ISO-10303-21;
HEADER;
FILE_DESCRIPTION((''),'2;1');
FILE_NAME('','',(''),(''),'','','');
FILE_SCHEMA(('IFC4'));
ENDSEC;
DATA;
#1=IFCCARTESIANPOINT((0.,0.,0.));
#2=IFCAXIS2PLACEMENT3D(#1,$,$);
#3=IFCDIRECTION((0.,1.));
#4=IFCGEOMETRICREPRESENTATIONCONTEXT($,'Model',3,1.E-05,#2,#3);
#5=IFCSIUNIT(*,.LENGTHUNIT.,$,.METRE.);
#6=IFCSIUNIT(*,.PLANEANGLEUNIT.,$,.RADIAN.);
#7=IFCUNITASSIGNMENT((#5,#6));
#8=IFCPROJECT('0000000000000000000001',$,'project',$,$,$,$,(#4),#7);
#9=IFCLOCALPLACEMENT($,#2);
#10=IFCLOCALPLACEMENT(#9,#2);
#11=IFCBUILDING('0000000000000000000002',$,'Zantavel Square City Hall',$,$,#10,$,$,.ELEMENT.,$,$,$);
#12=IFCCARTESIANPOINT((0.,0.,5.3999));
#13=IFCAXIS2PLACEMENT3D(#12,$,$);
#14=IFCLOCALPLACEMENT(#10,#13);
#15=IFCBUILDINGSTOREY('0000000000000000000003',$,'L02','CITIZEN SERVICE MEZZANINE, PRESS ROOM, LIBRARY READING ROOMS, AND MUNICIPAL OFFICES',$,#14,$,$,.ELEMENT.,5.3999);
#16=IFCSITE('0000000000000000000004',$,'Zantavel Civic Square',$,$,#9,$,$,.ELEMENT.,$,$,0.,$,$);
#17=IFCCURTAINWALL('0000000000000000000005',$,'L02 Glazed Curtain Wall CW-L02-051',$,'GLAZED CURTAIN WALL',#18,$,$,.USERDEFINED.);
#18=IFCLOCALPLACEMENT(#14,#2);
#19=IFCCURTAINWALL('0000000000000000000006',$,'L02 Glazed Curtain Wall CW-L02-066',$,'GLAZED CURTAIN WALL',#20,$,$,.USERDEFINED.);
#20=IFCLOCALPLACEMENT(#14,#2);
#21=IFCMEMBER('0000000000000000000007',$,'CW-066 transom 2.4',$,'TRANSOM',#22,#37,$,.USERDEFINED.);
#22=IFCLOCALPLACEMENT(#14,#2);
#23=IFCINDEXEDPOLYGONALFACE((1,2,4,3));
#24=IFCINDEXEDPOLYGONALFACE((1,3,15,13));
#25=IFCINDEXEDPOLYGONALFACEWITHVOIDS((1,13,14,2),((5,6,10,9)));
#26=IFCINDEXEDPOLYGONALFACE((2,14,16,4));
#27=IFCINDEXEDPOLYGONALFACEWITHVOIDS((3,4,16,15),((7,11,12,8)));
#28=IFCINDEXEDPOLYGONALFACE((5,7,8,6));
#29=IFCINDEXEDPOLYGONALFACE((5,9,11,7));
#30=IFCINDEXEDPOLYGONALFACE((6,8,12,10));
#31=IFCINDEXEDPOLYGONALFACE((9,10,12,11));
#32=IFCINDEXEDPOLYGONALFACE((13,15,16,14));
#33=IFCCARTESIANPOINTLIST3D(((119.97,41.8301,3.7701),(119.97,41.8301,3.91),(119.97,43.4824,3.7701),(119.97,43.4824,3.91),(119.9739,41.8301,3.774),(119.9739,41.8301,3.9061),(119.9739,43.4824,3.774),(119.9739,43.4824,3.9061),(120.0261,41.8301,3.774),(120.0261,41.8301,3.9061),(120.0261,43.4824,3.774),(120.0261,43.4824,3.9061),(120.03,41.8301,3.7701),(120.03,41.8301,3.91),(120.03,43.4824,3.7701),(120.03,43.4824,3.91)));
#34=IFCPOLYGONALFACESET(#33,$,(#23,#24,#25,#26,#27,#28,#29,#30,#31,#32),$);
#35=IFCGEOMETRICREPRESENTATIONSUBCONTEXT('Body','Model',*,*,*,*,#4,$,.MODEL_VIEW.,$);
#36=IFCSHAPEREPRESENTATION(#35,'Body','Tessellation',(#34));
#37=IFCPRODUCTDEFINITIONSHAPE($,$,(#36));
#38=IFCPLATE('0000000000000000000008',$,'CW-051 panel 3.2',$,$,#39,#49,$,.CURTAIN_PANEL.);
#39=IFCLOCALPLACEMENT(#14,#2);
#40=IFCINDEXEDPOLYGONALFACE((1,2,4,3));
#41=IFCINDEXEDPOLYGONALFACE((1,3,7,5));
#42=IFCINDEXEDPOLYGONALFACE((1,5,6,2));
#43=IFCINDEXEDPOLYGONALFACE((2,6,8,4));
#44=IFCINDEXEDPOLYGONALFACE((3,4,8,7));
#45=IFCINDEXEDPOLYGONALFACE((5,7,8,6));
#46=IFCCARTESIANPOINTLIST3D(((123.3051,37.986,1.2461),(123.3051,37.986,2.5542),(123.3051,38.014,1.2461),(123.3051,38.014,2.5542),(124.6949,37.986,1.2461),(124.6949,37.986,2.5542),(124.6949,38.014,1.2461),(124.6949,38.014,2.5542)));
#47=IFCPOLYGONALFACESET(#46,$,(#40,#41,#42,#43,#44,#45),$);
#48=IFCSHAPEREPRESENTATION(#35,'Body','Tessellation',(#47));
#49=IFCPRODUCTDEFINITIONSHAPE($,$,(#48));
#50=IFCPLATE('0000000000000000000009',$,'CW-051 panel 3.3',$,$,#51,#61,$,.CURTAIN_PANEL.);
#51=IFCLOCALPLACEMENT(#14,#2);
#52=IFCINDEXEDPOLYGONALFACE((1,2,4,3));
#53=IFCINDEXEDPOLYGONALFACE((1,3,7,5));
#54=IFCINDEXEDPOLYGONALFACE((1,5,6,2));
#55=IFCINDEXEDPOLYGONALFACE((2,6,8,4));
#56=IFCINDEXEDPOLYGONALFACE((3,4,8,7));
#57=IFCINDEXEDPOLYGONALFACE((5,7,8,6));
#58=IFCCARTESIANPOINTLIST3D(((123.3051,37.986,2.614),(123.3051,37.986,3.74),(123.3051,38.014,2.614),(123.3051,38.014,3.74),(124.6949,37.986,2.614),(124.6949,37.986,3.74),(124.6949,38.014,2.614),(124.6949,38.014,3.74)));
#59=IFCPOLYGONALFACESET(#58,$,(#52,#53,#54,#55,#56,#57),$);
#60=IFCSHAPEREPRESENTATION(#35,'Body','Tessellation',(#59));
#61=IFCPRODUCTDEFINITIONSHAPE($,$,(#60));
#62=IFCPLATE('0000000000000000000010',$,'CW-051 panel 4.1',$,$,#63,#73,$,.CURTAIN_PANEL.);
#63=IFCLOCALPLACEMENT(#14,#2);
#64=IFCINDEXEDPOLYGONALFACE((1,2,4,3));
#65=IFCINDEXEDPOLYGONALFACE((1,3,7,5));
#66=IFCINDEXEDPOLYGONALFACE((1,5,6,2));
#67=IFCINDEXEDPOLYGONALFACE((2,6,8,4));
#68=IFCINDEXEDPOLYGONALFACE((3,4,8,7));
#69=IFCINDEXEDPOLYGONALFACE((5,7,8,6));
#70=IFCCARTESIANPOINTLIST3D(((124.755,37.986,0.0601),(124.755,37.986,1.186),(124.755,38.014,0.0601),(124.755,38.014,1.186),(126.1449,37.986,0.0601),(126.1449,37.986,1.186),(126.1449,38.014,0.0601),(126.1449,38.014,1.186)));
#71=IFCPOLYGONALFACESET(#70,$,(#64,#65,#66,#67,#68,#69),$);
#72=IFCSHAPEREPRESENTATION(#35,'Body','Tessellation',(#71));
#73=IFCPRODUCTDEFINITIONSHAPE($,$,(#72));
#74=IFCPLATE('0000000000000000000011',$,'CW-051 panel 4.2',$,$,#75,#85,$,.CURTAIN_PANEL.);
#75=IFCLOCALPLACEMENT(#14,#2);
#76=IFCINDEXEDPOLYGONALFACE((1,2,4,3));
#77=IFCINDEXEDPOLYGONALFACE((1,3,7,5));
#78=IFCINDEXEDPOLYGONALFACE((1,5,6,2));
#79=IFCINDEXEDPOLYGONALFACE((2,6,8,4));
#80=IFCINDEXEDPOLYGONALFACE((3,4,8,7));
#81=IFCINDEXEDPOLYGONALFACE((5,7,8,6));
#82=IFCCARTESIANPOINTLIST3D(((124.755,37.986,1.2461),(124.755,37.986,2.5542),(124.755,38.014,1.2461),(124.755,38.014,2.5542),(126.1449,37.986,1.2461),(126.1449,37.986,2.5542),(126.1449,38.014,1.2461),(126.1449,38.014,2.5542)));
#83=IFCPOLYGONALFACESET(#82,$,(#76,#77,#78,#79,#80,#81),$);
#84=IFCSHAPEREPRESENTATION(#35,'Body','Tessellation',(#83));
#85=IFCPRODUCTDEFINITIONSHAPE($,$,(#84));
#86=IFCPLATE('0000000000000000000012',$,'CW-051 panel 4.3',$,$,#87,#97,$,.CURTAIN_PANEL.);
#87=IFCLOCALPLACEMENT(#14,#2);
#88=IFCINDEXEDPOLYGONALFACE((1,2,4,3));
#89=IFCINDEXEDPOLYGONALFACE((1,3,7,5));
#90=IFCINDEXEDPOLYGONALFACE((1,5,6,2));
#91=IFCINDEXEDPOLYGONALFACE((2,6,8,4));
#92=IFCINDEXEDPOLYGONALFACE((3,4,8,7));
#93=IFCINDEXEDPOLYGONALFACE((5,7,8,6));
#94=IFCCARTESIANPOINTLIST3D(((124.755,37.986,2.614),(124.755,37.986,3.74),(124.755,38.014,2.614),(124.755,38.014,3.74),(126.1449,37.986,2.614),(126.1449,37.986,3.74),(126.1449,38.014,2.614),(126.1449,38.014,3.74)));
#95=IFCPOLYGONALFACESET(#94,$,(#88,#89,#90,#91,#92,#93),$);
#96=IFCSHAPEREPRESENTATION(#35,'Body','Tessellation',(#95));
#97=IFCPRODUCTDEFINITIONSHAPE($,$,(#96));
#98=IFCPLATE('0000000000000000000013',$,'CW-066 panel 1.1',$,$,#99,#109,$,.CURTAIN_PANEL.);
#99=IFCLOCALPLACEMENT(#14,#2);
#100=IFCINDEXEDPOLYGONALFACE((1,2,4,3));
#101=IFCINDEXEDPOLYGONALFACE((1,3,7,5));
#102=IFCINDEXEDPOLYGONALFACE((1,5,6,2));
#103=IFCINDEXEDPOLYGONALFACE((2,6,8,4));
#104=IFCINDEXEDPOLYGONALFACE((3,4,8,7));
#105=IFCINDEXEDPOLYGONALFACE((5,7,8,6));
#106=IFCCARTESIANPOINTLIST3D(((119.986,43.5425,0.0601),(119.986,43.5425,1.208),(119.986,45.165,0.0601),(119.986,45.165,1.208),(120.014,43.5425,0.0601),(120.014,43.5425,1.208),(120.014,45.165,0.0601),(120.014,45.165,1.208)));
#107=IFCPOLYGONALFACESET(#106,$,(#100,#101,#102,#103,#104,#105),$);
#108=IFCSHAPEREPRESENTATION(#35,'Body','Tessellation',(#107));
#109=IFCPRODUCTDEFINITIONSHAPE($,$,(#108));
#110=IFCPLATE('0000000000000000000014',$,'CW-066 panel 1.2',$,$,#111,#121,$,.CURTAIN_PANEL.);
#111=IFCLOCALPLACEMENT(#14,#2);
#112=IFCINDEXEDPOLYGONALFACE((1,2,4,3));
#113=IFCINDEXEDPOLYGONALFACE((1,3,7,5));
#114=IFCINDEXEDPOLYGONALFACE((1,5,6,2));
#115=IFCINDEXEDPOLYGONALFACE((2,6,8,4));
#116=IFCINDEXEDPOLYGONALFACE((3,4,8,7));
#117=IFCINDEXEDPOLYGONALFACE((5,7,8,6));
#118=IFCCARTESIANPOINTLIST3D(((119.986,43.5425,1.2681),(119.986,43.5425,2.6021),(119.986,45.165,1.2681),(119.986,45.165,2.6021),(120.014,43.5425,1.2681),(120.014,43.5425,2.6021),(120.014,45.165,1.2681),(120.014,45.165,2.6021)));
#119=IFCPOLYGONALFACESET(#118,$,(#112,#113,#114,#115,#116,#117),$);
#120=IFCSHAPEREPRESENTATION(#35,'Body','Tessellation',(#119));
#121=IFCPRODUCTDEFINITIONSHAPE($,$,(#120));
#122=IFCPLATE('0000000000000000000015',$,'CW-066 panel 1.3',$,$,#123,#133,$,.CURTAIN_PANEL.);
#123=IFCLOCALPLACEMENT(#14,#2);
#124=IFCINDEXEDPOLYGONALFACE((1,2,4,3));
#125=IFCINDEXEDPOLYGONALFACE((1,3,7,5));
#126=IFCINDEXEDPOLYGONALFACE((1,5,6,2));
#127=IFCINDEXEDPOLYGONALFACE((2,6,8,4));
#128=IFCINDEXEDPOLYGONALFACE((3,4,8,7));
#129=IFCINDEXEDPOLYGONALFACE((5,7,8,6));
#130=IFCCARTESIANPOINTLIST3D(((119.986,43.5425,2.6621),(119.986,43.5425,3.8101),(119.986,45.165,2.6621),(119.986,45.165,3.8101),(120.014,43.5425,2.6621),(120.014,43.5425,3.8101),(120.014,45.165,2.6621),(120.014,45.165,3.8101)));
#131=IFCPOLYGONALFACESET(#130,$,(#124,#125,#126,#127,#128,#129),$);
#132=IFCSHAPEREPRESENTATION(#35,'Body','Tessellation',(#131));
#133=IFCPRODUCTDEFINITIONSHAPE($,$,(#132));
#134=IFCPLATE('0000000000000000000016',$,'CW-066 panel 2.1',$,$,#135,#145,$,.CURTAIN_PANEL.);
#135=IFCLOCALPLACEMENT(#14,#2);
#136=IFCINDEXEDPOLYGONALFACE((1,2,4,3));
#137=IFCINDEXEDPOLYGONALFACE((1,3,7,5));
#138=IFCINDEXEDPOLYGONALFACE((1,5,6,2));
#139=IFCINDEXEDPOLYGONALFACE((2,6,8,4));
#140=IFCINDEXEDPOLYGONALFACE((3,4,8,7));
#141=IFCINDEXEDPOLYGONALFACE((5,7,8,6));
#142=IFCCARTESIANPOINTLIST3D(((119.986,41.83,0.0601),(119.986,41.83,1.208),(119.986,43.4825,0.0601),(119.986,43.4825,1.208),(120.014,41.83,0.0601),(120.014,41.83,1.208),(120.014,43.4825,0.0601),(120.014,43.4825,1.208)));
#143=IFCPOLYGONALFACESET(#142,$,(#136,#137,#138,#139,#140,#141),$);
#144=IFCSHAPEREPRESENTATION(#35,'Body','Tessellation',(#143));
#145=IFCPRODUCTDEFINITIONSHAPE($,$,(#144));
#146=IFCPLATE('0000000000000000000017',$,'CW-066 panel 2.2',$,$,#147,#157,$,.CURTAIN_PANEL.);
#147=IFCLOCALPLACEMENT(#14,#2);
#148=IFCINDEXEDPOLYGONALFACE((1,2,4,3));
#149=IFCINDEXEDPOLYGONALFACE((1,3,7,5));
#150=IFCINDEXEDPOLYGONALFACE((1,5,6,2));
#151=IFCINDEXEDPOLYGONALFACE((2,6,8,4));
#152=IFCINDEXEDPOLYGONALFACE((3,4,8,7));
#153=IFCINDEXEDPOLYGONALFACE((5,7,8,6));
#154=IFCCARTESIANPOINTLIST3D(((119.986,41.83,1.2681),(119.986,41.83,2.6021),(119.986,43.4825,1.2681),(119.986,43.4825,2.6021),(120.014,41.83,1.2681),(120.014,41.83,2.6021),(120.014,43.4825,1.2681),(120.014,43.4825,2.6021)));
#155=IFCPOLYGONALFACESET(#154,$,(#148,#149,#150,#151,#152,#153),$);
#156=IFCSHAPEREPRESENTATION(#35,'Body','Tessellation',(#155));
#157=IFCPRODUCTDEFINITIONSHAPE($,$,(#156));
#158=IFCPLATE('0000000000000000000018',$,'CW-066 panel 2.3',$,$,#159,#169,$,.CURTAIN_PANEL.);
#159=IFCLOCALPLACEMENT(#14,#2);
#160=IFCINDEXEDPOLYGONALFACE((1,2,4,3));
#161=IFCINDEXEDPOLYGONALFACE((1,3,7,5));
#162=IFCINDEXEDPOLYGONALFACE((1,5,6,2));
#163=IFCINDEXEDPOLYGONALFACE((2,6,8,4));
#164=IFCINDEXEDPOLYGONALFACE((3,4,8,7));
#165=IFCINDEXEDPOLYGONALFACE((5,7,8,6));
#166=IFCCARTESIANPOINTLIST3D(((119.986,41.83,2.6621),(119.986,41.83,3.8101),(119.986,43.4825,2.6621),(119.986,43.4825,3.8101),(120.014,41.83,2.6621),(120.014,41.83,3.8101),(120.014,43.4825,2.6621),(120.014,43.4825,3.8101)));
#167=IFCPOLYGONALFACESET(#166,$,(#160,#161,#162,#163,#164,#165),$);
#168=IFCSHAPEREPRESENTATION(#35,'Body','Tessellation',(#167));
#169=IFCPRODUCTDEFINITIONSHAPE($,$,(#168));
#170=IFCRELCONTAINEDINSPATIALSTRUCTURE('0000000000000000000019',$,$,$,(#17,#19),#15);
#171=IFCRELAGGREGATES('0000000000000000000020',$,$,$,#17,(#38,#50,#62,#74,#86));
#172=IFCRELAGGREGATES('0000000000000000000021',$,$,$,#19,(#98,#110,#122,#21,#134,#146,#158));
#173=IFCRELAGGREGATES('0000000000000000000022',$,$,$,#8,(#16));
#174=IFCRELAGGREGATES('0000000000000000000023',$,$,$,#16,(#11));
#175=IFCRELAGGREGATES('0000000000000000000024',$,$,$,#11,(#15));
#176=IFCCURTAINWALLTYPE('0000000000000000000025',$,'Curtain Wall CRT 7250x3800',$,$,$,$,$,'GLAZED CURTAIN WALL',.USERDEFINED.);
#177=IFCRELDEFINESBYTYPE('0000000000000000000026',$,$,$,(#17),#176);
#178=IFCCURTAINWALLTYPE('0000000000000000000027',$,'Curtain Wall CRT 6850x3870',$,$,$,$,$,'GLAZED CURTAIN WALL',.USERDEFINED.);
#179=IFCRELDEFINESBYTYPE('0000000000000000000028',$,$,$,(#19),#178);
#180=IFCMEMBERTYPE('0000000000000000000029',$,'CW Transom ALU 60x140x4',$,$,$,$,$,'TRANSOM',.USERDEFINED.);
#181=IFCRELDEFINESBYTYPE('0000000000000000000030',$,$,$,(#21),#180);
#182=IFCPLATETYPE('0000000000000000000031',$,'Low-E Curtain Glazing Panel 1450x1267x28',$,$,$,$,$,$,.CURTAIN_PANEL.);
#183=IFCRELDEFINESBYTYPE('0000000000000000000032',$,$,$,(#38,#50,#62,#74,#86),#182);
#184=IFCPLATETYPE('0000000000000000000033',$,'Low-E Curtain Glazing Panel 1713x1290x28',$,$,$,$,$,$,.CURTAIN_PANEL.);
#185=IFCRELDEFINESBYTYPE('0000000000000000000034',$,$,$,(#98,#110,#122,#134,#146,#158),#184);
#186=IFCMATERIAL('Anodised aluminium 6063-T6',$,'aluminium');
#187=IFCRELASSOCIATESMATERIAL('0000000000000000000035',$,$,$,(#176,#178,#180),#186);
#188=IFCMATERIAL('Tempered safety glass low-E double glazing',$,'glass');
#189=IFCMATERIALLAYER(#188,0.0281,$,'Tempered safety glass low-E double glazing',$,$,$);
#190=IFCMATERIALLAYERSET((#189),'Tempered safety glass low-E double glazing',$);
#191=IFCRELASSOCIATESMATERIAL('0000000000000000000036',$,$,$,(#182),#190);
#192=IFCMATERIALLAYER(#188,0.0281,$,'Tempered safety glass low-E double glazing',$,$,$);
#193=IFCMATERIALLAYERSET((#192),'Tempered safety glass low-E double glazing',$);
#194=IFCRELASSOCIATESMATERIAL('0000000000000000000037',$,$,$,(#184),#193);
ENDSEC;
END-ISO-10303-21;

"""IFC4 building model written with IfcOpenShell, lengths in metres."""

from ifc_helpers import new_model, si_unit, direction, frame, origin, origin_2d, place, context, subcontext, project, spatial, rectangle, hollow_rectangle, extrude, material, layer, layer_set, material_profile, profile_set, type_object, element, aggregate, save


model = new_model("IFC4")

# Units and contexts
model_context = context("Model", 3, precision=1e-05, world=origin(), true_north=direction((0.0, 1.0)))
body_context = subcontext(model_context, "Body", "Model", "MODEL_VIEW")
ifc_project = project(units=[si_unit("LENGTHUNIT", "METRE"), si_unit("PLANEANGLEUNIT", "RADIAN")], contexts=[model_context])

# Site, building, storey
site_placement = place(None, origin())
site = spatial("IfcSite", under=ifc_project, at=site_placement, Name="Zantavel Civic Square", CompositionType="ELEMENT", RefElevation=0.0)
building_placement = place(site_placement, origin())
building = spatial("IfcBuilding", under=site, at=building_placement, Name="Zantavel Square City Hall", CompositionType="ELEMENT")
storey_placement = place(building_placement, frame((0.0, 0.0, 5.3999)))
storey = spatial("IfcBuildingStorey", under=building, at=storey_placement, Name="L02", Description="CITIZEN SERVICE MEZZANINE, PRESS ROOM, LIBRARY READING ROOMS, AND MUNICIPAL OFFICES", CompositionType="ELEMENT", Elevation=5.3999)

# Curtain walls
ifc_material_1 = material(Name="Anodised aluminium 6063-T6", Category="aluminium")
curtain_wall_type_1 = type_object("IfcCurtainWallType", Name="Curtain Wall CRT 7250x3800", ElementType="GLAZED CURTAIN WALL", PredefinedType="USERDEFINED", material=ifc_material_1)
curtain_wall_1_placement = place(storey_placement, origin())
curtain_wall_1 = element("IfcCurtainWall", 1, at=curtain_wall_1_placement, inside=storey, type_object=curtain_wall_type_1, Name="L02 Glazed Curtain Wall CW-L02-051", ObjectType="GLAZED CURTAIN WALL", PredefinedType="USERDEFINED")
curtain_wall_type_2 = type_object("IfcCurtainWallType", Name="Curtain Wall CRT 6850x3870", ElementType="GLAZED CURTAIN WALL", PredefinedType="USERDEFINED", material=ifc_material_1)
curtain_wall_2_placement = place(storey_placement, origin())
curtain_wall_2 = element("IfcCurtainWall", 2, at=curtain_wall_2_placement, inside=storey, type_object=curtain_wall_type_2, Name="L02 Glazed Curtain Wall CW-L02-066", ObjectType="GLAZED CURTAIN WALL", PredefinedType="USERDEFINED")

# Member
ifc_material_profile_1 = material_profile(ifc_material_1, hollow_rectangle(XDim=0.0601, YDim=0.1399, WallThickness=0.0039, at=origin_2d()), Name="ALU 60x140x4")
ifc_profile_set_1 = profile_set([ifc_material_profile_1], Name="Anodised aluminium 6063-T6")
member_type_1 = type_object("IfcMemberType", Name="CW Transom ALU 60x140x4", ElementType="TRANSOM", PredefinedType="USERDEFINED", material=ifc_profile_set_1)
member_1_placement = place(storey_placement, frame((120.0, 43.4824, 3.8401), z_axis=(0.0, -1.0, 0.0), x_axis=(1.0, 0.0, 0.0)))
member_1 = element("IfcMember", 3, at=member_1_placement, type_object=member_type_1, Name="CW-066 transom 2.4", ObjectType="TRANSOM", PredefinedType="USERDEFINED", context=body_context, shape_type="SweptSolid", body=[
    extrude(hollow_rectangle(XDim=0.0601, YDim=0.1399, WallThickness=0.0039, at=origin_2d()), origin(), (0.0, 0.0, 1.0), 1.6523),
])

# Plates
ifc_material_2 = material(Name="Tempered safety glass low-E double glazing", Category="glass")
ifc_layer_1 = layer(ifc_material_2, 0.0281, Name="Tempered safety glass low-E double glazing")
ifc_layer_set_1 = layer_set([ifc_layer_1], Name="Tempered safety glass low-E double glazing")
plate_type_1 = type_object("IfcPlateType", Name="Low-E Curtain Glazing Panel 1450x1267x28", PredefinedType="CURTAIN_PANEL", material=ifc_layer_set_1)
plate_1_placement = place(storey_placement, frame((124.0, 38.0, 1.2461), z_axis=(0.0, 0.0, 1.0), x_axis=(1.0, 0.0, 0.0)))
plate_1 = element("IfcPlate", 4, at=plate_1_placement, type_object=plate_type_1, Name="CW-051 panel 3.2", PredefinedType="CURTAIN_PANEL", context=body_context, shape_type="SweptSolid", body=[
    extrude(rectangle(XDim=1.3899, YDim=0.0281, at=origin_2d()), origin(), (0.0, 0.0, 1.0), 1.3081),
])
plate_2_placement = place(storey_placement, frame((124.0, 38.0, 2.614), z_axis=(0.0, 0.0, 1.0), x_axis=(1.0, 0.0, 0.0)))
plate_2 = element("IfcPlate", 5, at=plate_2_placement, type_object=plate_type_1, Name="CW-051 panel 3.3", PredefinedType="CURTAIN_PANEL", context=body_context, shape_type="SweptSolid", body=[
    extrude(rectangle(XDim=1.3899, YDim=0.0281, at=origin_2d()), origin(), (0.0, 0.0, 1.0), 1.126),
])
plate_3_placement = place(storey_placement, frame((125.45, 38.0, 0.0601), z_axis=(0.0, 0.0, 1.0), x_axis=(1.0, 0.0, 0.0)))
plate_3 = element("IfcPlate", 6, at=plate_3_placement, type_object=plate_type_1, Name="CW-051 panel 4.1", PredefinedType="CURTAIN_PANEL", context=body_context, shape_type="SweptSolid", body=[
    extrude(rectangle(XDim=1.3899, YDim=0.0281, at=origin_2d()), origin(), (0.0, 0.0, 1.0), 1.126),
])
plate_4_placement = place(storey_placement, frame((125.45, 38.0, 1.2461), z_axis=(0.0, 0.0, 1.0), x_axis=(1.0, 0.0, 0.0)))
plate_4 = element("IfcPlate", 7, at=plate_4_placement, type_object=plate_type_1, Name="CW-051 panel 4.2", PredefinedType="CURTAIN_PANEL", context=body_context, shape_type="SweptSolid", body=[
    extrude(rectangle(XDim=1.3899, YDim=0.0281, at=origin_2d()), origin(), (0.0, 0.0, 1.0), 1.3081),
])
plate_5_placement = place(storey_placement, frame((125.45, 38.0, 2.614), z_axis=(0.0, 0.0, 1.0), x_axis=(1.0, 0.0, 0.0)))
plate_5 = element("IfcPlate", 8, at=plate_5_placement, type_object=plate_type_1, Name="CW-051 panel 4.3", PredefinedType="CURTAIN_PANEL", context=body_context, shape_type="SweptSolid", body=[
    extrude(rectangle(XDim=1.3899, YDim=0.0281, at=origin_2d()), origin(), (0.0, 0.0, 1.0), 1.126),
])
aggregate(curtain_wall_1, [plate_1, plate_2, plate_3, plate_4, plate_5])
ifc_layer_2 = layer(ifc_material_2, 0.0281, Name="Tempered safety glass low-E double glazing")
ifc_layer_set_2 = layer_set([ifc_layer_2], Name="Tempered safety glass low-E double glazing")
plate_type_2 = type_object("IfcPlateType", Name="Low-E Curtain Glazing Panel 1713x1290x28", PredefinedType="CURTAIN_PANEL", material=ifc_layer_set_2)
plate_6_placement = place(storey_placement, frame((120.0, 44.3538, 0.0601), z_axis=(0.0, 0.0, 1.0), x_axis=(0.0, -1.0, 0.0)))
plate_6 = element("IfcPlate", 9, at=plate_6_placement, type_object=plate_type_2, Name="CW-066 panel 1.1", PredefinedType="CURTAIN_PANEL", context=body_context, shape_type="SweptSolid", body=[
    extrude(rectangle(XDim=1.6226, YDim=0.0281, at=origin_2d()), origin(), (0.0, 0.0, 1.0), 1.1479),
])
plate_7_placement = place(storey_placement, frame((120.0, 44.3538, 1.2681), z_axis=(0.0, 0.0, 1.0), x_axis=(0.0, -1.0, 0.0)))
plate_7 = element("IfcPlate", 10, at=plate_7_placement, type_object=plate_type_2, Name="CW-066 panel 1.2", PredefinedType="CURTAIN_PANEL", context=body_context, shape_type="SweptSolid", body=[
    extrude(rectangle(XDim=1.6226, YDim=0.0281, at=origin_2d()), origin(), (0.0, 0.0, 1.0), 1.334),
])
plate_8_placement = place(storey_placement, frame((120.0, 44.3538, 2.6621), z_axis=(0.0, 0.0, 1.0), x_axis=(0.0, -1.0, 0.0)))
plate_8 = element("IfcPlate", 11, at=plate_8_placement, type_object=plate_type_2, Name="CW-066 panel 1.3", PredefinedType="CURTAIN_PANEL", context=body_context, shape_type="SweptSolid", body=[
    extrude(rectangle(XDim=1.6226, YDim=0.0281, at=origin_2d()), origin(), (0.0, 0.0, 1.0), 1.1479),
])
plate_9_placement = place(storey_placement, frame((120.0, 42.6562, 0.0601), z_axis=(0.0, 0.0, 1.0), x_axis=(0.0, -1.0, 0.0)))
plate_9 = element("IfcPlate", 12, at=plate_9_placement, type_object=plate_type_2, Name="CW-066 panel 2.1", PredefinedType="CURTAIN_PANEL", context=body_context, shape_type="SweptSolid", body=[
    extrude(rectangle(XDim=1.6526, YDim=0.0281, at=origin_2d()), origin(), (0.0, 0.0, 1.0), 1.1479),
])
plate_10_placement = place(storey_placement, frame((120.0, 42.6562, 1.2681), z_axis=(0.0, 0.0, 1.0), x_axis=(0.0, -1.0, 0.0)))
plate_10 = element("IfcPlate", 13, at=plate_10_placement, type_object=plate_type_2, Name="CW-066 panel 2.2", PredefinedType="CURTAIN_PANEL", context=body_context, shape_type="SweptSolid", body=[
    extrude(rectangle(XDim=1.6526, YDim=0.0281, at=origin_2d()), origin(), (0.0, 0.0, 1.0), 1.334),
])
plate_11_placement = place(storey_placement, frame((120.0, 42.6562, 2.6621), z_axis=(0.0, 0.0, 1.0), x_axis=(0.0, -1.0, 0.0)))
plate_11 = element("IfcPlate", 14, at=plate_11_placement, type_object=plate_type_2, Name="CW-066 panel 2.3", PredefinedType="CURTAIN_PANEL", context=body_context, shape_type="SweptSolid", body=[
    extrude(rectangle(XDim=1.6526, YDim=0.0281, at=origin_2d()), origin(), (0.0, 0.0, 1.0), 1.1479),
])
aggregate(curtain_wall_2, [plate_6, plate_7, plate_8, member_1, plate_9, plate_10, plate_11])

save(model, "model.ifc")
